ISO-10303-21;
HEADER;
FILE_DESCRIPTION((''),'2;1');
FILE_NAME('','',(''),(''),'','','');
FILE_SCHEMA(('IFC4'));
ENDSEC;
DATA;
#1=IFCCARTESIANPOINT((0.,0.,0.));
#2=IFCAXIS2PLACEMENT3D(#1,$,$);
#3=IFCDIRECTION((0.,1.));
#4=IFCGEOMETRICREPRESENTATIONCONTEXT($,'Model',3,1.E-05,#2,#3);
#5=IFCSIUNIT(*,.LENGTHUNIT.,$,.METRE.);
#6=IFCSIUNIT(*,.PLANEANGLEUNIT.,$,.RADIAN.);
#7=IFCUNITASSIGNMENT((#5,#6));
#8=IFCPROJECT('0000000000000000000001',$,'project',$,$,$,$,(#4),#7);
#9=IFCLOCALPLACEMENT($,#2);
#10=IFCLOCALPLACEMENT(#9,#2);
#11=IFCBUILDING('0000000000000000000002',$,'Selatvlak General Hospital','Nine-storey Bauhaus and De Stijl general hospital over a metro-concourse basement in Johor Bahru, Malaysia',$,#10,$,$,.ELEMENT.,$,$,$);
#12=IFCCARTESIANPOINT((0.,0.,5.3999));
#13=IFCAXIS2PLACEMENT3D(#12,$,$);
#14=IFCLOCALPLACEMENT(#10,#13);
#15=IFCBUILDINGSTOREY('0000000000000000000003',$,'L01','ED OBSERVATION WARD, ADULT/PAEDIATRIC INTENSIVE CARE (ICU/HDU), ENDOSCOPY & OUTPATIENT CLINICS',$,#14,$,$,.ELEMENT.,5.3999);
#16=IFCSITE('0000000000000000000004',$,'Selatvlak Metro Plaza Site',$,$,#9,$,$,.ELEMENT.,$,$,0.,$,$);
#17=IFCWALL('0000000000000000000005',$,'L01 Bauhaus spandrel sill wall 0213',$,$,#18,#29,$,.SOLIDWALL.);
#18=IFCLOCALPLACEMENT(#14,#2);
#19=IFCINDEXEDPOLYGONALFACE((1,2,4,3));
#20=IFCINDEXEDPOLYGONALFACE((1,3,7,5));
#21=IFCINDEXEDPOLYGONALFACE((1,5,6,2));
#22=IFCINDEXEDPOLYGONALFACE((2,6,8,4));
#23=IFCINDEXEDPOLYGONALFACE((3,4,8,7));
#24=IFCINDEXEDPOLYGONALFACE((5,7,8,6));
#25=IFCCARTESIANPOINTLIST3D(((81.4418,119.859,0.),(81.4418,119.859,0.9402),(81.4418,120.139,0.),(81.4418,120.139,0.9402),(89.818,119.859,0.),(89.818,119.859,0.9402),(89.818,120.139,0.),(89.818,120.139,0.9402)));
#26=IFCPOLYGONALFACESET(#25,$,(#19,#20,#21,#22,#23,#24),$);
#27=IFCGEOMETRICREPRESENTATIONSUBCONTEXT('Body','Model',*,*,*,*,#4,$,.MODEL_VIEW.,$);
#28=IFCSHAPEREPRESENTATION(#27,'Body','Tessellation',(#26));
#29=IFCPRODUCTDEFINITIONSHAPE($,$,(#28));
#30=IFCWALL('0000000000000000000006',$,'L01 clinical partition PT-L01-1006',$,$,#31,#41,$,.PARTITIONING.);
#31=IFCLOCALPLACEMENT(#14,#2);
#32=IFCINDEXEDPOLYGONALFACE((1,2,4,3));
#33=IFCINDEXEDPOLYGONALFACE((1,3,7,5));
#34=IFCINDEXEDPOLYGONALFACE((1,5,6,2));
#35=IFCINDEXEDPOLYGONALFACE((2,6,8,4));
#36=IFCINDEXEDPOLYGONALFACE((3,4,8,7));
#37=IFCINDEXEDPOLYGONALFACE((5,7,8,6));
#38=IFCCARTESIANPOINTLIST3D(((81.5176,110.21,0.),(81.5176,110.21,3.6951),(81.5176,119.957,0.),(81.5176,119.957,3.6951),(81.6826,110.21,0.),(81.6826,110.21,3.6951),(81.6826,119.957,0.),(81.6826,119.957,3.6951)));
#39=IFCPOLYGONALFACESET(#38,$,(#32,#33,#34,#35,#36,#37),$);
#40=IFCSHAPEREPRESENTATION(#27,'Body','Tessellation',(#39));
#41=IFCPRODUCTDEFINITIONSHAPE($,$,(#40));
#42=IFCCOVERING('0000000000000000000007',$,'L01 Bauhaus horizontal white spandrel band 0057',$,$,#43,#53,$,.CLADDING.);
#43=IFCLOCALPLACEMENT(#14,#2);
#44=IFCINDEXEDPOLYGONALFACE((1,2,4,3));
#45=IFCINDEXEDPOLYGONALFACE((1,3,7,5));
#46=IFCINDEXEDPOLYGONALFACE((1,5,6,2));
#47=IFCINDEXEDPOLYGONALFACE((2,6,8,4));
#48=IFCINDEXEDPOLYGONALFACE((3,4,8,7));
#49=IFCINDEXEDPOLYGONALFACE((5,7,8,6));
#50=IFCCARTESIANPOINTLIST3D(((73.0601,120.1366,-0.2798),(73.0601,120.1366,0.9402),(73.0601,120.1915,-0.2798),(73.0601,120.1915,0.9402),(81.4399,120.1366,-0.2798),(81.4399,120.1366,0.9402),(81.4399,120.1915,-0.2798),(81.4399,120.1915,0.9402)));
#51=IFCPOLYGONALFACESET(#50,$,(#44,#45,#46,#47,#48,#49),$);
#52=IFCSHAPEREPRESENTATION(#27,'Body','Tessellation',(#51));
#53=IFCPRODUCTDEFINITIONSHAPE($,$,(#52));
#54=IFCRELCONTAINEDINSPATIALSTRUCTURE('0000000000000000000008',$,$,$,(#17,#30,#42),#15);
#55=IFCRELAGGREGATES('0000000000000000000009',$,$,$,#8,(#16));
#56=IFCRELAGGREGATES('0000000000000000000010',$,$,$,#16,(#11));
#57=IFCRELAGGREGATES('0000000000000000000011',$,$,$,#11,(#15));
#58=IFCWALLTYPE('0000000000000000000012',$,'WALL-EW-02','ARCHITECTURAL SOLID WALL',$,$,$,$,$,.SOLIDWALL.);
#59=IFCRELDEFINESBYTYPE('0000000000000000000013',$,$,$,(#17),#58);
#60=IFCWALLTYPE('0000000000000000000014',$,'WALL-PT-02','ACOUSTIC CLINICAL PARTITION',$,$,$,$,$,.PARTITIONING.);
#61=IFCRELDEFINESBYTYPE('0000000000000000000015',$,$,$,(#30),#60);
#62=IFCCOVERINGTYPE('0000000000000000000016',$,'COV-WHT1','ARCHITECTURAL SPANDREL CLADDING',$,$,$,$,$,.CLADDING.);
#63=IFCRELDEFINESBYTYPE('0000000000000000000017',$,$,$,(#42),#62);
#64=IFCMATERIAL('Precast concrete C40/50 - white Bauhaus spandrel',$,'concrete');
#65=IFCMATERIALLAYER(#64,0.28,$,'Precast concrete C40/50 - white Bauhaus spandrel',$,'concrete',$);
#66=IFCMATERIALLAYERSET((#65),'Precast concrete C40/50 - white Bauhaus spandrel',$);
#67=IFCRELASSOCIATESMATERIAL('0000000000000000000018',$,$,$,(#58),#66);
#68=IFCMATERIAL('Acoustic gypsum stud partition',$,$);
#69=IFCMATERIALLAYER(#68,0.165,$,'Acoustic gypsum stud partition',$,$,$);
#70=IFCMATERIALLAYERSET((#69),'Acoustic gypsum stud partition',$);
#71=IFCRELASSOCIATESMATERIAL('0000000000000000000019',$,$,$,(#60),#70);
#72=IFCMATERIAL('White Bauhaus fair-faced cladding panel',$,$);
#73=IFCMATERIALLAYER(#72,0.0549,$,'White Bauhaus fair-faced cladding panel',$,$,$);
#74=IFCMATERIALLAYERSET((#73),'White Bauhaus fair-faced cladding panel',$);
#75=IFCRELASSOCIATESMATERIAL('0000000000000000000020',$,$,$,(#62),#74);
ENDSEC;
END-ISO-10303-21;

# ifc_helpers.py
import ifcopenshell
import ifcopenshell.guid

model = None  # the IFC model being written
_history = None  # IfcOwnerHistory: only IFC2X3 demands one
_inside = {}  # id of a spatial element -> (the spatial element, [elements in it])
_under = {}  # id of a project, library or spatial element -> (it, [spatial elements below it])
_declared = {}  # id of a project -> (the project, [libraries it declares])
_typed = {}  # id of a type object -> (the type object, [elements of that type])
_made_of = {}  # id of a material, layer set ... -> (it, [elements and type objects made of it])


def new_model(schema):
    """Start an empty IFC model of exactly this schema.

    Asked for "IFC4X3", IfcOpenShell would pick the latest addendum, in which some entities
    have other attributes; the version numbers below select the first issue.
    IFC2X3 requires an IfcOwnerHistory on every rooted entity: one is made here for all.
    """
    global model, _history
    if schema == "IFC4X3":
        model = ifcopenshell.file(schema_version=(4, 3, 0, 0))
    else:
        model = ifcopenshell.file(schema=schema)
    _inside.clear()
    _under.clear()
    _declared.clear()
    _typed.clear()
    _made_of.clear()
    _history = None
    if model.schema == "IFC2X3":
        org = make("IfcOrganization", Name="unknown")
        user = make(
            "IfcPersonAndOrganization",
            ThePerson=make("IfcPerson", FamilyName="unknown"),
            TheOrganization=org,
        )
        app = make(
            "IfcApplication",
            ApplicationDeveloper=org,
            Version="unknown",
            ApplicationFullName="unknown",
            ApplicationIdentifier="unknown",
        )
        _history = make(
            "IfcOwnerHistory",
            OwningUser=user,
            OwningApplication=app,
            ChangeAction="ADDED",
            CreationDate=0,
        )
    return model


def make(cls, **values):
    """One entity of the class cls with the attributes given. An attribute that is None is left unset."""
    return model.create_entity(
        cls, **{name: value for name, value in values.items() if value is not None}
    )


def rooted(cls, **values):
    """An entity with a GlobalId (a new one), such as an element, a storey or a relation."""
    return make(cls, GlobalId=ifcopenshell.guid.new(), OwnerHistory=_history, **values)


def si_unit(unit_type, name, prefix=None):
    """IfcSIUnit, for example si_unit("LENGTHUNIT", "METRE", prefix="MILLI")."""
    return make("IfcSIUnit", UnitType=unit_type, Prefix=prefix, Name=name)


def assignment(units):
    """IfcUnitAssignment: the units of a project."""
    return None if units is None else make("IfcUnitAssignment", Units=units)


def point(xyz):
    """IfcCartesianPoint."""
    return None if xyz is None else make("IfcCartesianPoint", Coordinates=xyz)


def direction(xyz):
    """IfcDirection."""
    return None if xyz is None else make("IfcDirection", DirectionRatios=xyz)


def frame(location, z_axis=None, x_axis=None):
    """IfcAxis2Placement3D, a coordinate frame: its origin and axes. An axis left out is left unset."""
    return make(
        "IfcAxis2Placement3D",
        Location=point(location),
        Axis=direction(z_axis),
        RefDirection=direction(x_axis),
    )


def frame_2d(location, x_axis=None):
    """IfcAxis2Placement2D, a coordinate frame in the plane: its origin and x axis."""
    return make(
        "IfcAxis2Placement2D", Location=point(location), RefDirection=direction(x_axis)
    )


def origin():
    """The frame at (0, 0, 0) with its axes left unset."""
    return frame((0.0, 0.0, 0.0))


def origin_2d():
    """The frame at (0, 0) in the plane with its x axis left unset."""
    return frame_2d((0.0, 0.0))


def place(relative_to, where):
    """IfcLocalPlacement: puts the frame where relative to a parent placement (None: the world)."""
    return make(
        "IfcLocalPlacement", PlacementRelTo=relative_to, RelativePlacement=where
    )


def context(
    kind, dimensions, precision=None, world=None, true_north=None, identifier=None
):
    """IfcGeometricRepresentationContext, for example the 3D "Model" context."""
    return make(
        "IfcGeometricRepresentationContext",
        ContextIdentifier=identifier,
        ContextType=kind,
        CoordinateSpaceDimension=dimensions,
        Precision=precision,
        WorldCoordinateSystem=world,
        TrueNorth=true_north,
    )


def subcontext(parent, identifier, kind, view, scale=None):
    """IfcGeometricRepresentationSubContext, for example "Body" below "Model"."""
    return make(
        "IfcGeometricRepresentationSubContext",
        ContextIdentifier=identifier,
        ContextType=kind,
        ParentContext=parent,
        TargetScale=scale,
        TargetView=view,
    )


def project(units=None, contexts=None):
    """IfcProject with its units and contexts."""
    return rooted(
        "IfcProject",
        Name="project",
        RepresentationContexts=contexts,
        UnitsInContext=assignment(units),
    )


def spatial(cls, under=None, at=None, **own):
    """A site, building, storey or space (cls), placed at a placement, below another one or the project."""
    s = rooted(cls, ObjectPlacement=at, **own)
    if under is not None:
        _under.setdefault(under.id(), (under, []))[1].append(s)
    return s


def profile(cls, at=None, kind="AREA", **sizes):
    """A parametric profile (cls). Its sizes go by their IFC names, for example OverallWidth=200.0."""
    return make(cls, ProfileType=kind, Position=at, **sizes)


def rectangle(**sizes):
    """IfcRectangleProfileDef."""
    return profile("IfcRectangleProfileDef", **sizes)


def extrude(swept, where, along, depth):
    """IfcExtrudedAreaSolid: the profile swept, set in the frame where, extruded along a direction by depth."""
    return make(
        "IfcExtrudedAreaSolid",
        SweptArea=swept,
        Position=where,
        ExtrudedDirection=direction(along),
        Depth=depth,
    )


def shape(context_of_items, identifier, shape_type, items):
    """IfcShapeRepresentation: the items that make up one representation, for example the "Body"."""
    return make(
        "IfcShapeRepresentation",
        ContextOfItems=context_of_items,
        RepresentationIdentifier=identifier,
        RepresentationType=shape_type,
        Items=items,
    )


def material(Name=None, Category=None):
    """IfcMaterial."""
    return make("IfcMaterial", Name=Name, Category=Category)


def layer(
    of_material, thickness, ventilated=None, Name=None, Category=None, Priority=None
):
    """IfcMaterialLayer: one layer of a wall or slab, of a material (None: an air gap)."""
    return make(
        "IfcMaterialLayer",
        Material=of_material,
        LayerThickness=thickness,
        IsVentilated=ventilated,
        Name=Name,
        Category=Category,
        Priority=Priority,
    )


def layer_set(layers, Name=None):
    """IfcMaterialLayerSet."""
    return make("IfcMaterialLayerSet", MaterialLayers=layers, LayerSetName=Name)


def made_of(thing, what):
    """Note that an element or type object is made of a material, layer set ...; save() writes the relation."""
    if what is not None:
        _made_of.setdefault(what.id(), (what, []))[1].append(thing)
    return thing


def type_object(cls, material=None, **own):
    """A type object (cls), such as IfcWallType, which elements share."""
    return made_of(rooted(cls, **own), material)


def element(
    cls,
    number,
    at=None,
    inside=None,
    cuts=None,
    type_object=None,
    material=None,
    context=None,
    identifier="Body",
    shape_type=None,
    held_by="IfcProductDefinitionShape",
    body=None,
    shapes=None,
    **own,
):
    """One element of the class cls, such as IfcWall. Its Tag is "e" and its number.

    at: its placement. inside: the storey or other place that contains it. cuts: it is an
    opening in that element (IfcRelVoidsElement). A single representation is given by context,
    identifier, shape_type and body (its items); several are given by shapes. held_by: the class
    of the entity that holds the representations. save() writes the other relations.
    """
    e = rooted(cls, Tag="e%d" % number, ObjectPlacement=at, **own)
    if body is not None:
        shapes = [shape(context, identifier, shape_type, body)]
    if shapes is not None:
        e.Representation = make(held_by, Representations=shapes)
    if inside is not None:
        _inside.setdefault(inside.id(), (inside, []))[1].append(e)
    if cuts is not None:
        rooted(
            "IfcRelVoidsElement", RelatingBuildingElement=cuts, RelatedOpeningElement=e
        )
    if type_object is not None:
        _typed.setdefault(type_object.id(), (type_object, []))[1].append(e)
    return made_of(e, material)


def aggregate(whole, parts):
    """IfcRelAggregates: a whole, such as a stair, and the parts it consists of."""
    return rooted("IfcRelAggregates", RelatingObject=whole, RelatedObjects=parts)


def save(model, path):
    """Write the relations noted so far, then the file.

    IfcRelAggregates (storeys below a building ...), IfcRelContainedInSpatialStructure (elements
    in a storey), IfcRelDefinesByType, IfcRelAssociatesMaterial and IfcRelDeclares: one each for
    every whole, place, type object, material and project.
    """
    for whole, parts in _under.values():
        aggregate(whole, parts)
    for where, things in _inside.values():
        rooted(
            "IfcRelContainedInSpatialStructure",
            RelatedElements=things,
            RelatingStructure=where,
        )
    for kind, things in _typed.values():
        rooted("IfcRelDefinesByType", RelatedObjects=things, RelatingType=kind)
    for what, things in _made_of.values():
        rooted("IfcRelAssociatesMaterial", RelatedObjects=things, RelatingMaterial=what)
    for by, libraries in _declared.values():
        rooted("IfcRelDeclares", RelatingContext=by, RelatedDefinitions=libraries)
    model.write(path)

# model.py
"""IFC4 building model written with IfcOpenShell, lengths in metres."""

from ifc_helpers import new_model, si_unit, direction, frame, frame_2d, origin, origin_2d, place, context, subcontext, project, spatial, rectangle, extrude, material, layer, layer_set, type_object, element, save


model = new_model("IFC4")

# Units and contexts
model_context = context("Model", 3, precision=1e-05, world=origin(), true_north=direction((0.0, 1.0)))
body_context = subcontext(model_context, "Body", "Model", "MODEL_VIEW")
ifc_project = project(units=[si_unit("LENGTHUNIT", "METRE"), si_unit("PLANEANGLEUNIT", "RADIAN")], contexts=[model_context])

# Site, building, storey
site_placement = place(None, origin())
site = spatial("IfcSite", under=ifc_project, at=site_placement, Name="Selatvlak Metro Plaza Site", CompositionType="ELEMENT", RefElevation=0.0)
building_placement = place(site_placement, origin())
building = spatial("IfcBuilding", under=site, at=building_placement, Name="Selatvlak General Hospital", Description="Nine-storey Bauhaus and De Stijl general hospital over a metro-concourse basement in Johor Bahru, Malaysia", CompositionType="ELEMENT")
storey_placement = place(building_placement, frame((0.0, 0.0, 5.3999)))
storey = spatial("IfcBuildingStorey", under=building, at=storey_placement, Name="L01", Description="ED OBSERVATION WARD, ADULT/PAEDIATRIC INTENSIVE CARE (ICU/HDU), ENDOSCOPY & OUTPATIENT CLINICS", CompositionType="ELEMENT", Elevation=5.3999)

# Walls
ifc_material_1 = material(Name="Precast concrete C40/50 - white Bauhaus spandrel", Category="concrete")
ifc_layer_1 = layer(ifc_material_1, 0.28, Name="Precast concrete C40/50 - white Bauhaus spandrel", Category="concrete")
ifc_layer_set_1 = layer_set([ifc_layer_1], Name="Precast concrete C40/50 - white Bauhaus spandrel")
wall_type_1 = type_object("IfcWallType", Name="WALL-EW-02", Description="ARCHITECTURAL SOLID WALL", PredefinedType="SOLIDWALL", material=ifc_layer_set_1)
wall_1_placement = place(storey_placement, frame((81.4419, 119.999, 0.0), z_axis=(0.0, 0.0, 1.0), x_axis=(1.0, 0.0, 0.0)))
element("IfcWall", 1, at=wall_1_placement, inside=storey, type_object=wall_type_1, Name="L01 Bauhaus spandrel sill wall 0213", PredefinedType="SOLIDWALL", context=body_context, shape_type="SweptSolid", body=[
    extrude(rectangle(XDim=8.3762, YDim=0.28, at=frame_2d((4.188, 0.0))), origin(), (0.0, 0.0, 1.0), 0.9402),
])
ifc_material_2 = material(Name="Acoustic gypsum stud partition")
ifc_layer_2 = layer(ifc_material_2, 0.165, Name="Acoustic gypsum stud partition")
ifc_layer_set_2 = layer_set([ifc_layer_2], Name="Acoustic gypsum stud partition")
wall_type_2 = type_object("IfcWallType", Name="WALL-PT-02", Description="ACOUSTIC CLINICAL PARTITION", PredefinedType="PARTITIONING", material=ifc_layer_set_2)
wall_2_placement = place(storey_placement, frame((81.6001, 119.957, 0.0), z_axis=(0.0, 0.0, 1.0), x_axis=(0.0, -1.0, 0.0)))
element("IfcWall", 2, at=wall_2_placement, inside=storey, type_object=wall_type_2, Name="L01 clinical partition PT-L01-1006", PredefinedType="PARTITIONING", context=body_context, shape_type="SweptSolid", body=[
    extrude(rectangle(XDim=9.7471, YDim=0.165, at=frame_2d((4.8735, 0.0))), origin(), (0.0, 0.0, 1.0), 3.6951),
])

# Covering
ifc_material_3 = material(Name="White Bauhaus fair-faced cladding panel")
ifc_layer_3 = layer(ifc_material_3, 0.0549, Name="White Bauhaus fair-faced cladding panel")
ifc_layer_set_3 = layer_set([ifc_layer_3], Name="White Bauhaus fair-faced cladding panel")
covering_type = type_object("IfcCoveringType", Name="COV-WHT1", Description="ARCHITECTURAL SPANDREL CLADDING", PredefinedType="CLADDING", material=ifc_layer_set_3)
covering_placement = place(storey_placement, frame((77.25, 120.1641, -0.2798), z_axis=(0.0, 0.0, 1.0), x_axis=(1.0, 0.0, 0.0)))
element("IfcCovering", 3, at=covering_placement, inside=storey, type_object=covering_type, Name="L01 Bauhaus horizontal white spandrel band 0057", PredefinedType="CLADDING", context=body_context, shape_type="SweptSolid", body=[
    extrude(rectangle(XDim=8.3799, YDim=0.0549, at=origin_2d()), origin(), (0.0, 0.0, 1.0), 1.22),
])

save(model, "model.ifc")
